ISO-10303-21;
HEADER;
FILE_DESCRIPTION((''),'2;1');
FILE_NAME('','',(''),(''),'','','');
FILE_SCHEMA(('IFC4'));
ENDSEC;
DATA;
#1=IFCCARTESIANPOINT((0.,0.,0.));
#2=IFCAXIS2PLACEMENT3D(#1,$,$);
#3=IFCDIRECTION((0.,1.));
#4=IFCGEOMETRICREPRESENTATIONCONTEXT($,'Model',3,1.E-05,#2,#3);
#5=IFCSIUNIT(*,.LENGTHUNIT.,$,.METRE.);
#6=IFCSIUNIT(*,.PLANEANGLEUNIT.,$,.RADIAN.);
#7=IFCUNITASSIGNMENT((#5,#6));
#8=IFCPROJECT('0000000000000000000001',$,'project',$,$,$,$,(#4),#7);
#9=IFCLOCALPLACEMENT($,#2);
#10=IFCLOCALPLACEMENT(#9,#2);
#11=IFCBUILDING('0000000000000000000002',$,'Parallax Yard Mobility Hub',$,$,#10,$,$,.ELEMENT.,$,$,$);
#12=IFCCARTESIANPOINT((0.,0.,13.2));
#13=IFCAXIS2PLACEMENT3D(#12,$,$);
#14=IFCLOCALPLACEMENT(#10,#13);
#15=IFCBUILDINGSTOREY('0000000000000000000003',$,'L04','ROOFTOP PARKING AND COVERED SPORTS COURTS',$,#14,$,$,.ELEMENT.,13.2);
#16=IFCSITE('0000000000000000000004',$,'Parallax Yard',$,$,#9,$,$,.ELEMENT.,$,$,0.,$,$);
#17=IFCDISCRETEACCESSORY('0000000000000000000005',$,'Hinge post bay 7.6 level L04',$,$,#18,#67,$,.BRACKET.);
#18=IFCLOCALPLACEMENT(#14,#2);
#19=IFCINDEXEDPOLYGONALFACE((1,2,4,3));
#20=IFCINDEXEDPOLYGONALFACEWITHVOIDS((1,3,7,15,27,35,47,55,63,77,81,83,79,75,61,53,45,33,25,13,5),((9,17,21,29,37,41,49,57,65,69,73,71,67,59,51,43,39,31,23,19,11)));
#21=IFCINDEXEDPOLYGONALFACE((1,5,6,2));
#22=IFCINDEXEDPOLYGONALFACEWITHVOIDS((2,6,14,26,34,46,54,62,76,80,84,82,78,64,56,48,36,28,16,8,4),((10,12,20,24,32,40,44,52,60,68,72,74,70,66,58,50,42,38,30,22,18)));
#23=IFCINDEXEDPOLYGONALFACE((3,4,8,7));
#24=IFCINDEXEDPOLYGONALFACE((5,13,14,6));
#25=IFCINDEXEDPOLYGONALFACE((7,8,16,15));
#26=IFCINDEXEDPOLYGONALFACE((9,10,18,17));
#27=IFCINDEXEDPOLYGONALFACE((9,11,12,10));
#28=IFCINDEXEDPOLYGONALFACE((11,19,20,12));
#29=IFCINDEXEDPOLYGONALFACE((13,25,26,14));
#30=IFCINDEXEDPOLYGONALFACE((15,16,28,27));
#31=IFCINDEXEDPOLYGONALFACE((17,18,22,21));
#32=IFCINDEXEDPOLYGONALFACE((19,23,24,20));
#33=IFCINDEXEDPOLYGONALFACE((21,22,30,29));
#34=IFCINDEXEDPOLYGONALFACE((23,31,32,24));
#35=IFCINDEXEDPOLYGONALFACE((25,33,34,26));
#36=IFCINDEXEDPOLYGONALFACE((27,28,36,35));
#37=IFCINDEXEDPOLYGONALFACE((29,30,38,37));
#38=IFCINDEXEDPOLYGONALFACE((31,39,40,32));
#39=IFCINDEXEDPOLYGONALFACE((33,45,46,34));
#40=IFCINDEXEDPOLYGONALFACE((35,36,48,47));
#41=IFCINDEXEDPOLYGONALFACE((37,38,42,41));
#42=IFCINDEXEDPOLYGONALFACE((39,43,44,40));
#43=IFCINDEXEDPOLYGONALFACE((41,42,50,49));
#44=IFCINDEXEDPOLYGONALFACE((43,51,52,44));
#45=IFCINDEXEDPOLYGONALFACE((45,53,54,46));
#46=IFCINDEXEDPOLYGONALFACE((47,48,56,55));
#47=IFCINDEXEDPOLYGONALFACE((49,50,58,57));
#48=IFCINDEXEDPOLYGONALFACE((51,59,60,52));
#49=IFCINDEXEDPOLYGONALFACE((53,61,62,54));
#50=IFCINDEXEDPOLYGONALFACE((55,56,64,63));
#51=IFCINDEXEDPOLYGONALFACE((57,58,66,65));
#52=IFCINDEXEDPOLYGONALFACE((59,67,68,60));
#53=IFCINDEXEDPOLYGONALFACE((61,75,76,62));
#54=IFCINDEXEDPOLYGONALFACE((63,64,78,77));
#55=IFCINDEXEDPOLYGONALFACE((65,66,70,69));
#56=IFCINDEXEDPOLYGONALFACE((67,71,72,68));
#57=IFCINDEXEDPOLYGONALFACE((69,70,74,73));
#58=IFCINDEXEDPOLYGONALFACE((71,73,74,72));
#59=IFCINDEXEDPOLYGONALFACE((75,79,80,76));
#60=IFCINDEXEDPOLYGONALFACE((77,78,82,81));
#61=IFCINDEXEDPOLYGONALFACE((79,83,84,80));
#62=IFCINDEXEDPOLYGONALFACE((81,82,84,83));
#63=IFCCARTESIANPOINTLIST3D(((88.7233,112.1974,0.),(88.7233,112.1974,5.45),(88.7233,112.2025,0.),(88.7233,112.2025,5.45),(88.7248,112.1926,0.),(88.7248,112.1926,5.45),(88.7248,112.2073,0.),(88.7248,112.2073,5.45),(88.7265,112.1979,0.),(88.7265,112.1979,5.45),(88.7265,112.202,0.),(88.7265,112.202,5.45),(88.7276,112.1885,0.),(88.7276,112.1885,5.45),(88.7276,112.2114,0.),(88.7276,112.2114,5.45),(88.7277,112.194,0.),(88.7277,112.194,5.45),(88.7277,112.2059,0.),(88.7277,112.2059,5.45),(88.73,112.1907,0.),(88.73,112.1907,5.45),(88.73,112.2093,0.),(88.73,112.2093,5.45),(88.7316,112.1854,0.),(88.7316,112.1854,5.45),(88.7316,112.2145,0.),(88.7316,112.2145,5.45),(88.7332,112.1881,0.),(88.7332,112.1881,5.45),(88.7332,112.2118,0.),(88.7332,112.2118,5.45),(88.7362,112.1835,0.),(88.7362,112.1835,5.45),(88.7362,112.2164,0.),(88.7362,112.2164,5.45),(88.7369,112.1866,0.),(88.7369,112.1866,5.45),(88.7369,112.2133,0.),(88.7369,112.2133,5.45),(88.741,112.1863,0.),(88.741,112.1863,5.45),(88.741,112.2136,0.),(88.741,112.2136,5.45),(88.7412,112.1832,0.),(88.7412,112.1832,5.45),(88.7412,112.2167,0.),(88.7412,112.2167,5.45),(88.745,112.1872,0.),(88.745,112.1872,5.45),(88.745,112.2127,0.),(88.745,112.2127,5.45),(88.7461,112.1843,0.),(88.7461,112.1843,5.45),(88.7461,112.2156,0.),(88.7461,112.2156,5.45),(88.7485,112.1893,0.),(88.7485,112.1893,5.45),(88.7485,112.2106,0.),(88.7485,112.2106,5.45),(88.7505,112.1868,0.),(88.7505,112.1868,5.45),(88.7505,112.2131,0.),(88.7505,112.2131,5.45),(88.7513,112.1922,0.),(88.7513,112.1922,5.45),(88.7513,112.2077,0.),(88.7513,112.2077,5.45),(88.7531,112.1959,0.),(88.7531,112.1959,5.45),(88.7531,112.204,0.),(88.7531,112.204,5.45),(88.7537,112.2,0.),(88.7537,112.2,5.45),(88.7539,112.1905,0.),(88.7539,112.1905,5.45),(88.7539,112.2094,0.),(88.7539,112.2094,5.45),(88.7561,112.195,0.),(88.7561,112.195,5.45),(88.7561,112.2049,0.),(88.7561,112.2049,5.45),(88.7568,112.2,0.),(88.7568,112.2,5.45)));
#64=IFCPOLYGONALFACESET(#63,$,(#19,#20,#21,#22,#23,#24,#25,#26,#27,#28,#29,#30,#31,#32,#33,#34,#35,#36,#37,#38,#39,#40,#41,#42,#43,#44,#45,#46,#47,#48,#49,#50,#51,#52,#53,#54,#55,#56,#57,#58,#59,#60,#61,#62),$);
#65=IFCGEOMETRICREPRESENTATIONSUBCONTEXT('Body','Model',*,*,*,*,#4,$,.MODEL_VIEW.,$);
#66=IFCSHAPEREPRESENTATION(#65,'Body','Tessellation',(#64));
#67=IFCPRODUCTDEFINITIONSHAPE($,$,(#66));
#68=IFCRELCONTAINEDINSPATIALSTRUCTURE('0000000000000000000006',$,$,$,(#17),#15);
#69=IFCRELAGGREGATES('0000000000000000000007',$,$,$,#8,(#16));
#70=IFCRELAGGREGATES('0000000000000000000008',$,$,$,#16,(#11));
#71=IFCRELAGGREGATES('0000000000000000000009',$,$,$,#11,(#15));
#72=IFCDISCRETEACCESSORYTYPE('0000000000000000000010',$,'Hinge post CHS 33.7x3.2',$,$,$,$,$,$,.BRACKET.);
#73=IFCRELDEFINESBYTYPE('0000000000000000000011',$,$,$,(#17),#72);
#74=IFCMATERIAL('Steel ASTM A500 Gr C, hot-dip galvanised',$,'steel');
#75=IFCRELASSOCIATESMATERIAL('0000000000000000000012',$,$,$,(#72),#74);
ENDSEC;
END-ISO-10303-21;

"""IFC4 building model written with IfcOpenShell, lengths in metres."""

from ifc_helpers import new_model, si_unit, direction, frame, origin, origin_2d, place, context, subcontext, project, spatial, hollow_circle, extrude, material, material_profile, profile_set, type_object, element, save


model = new_model("IFC4")

# Units and contexts
model_context = context("Model", 3, precision=1e-05, world=origin(), true_north=direction((0.0, 1.0)))
body_context = subcontext(model_context, "Body", "Model", "MODEL_VIEW")
ifc_project = project(units=[si_unit("LENGTHUNIT", "METRE"), si_unit("PLANEANGLEUNIT", "RADIAN")], contexts=[model_context])

# Site, building, storey
site_placement = place(None, origin())
site = spatial("IfcSite", under=ifc_project, at=site_placement, Name="Parallax Yard", CompositionType="ELEMENT", RefElevation=0.0)
building_placement = place(site_placement, origin())
building = spatial("IfcBuilding", under=site, at=building_placement, Name="Parallax Yard Mobility Hub", CompositionType="ELEMENT")
storey_placement = place(building_placement, frame((0.0, 0.0, 13.2)))
storey = spatial("IfcBuildingStorey", under=building, at=storey_placement, Name="L04", Description="ROOFTOP PARKING AND COVERED SPORTS COURTS", CompositionType="ELEMENT", Elevation=13.2)

# Discrete accessory
ifc_material_1 = material(Name="Steel ASTM A500 Gr C, hot-dip galvanised", Category="steel")
ifc_material_profile_1 = material_profile(ifc_material_1, hollow_circle(Radius=0.0168, WallThickness=0.0032, at=origin_2d()), Name="CHS 33.7x3.2")
ifc_profile_set_1 = profile_set([ifc_material_profile_1], Name="Steel ASTM A500 Gr C, hot-dip galvanised")
discrete_accessory_type_1 = type_object("IfcDiscreteAccessoryType", Name="Hinge post CHS 33.7x3.2", PredefinedType="BRACKET", material=ifc_profile_set_1)
for number, where, z_axis, x_axis, name in (
    (1, (88.74, 112.2, 0.0), (0.0, 0.0, 1.0), (1.0, 0.0, 0.0), "Hinge post bay 7.6 level L04"),
):
    element("IfcDiscreteAccessory", number, at=place(storey_placement, frame(where, z_axis=z_axis, x_axis=x_axis)), inside=storey, type_object=discrete_accessory_type_1, Name=name, PredefinedType="BRACKET", context=body_context, shape_type="SweptSolid", body=[
        extrude(hollow_circle(Radius=0.0168, WallThickness=0.0032, at=origin_2d()), origin(), (0.0, 0.0, 1.0), 5.45),
    ])

save(model, "model.ifc")
